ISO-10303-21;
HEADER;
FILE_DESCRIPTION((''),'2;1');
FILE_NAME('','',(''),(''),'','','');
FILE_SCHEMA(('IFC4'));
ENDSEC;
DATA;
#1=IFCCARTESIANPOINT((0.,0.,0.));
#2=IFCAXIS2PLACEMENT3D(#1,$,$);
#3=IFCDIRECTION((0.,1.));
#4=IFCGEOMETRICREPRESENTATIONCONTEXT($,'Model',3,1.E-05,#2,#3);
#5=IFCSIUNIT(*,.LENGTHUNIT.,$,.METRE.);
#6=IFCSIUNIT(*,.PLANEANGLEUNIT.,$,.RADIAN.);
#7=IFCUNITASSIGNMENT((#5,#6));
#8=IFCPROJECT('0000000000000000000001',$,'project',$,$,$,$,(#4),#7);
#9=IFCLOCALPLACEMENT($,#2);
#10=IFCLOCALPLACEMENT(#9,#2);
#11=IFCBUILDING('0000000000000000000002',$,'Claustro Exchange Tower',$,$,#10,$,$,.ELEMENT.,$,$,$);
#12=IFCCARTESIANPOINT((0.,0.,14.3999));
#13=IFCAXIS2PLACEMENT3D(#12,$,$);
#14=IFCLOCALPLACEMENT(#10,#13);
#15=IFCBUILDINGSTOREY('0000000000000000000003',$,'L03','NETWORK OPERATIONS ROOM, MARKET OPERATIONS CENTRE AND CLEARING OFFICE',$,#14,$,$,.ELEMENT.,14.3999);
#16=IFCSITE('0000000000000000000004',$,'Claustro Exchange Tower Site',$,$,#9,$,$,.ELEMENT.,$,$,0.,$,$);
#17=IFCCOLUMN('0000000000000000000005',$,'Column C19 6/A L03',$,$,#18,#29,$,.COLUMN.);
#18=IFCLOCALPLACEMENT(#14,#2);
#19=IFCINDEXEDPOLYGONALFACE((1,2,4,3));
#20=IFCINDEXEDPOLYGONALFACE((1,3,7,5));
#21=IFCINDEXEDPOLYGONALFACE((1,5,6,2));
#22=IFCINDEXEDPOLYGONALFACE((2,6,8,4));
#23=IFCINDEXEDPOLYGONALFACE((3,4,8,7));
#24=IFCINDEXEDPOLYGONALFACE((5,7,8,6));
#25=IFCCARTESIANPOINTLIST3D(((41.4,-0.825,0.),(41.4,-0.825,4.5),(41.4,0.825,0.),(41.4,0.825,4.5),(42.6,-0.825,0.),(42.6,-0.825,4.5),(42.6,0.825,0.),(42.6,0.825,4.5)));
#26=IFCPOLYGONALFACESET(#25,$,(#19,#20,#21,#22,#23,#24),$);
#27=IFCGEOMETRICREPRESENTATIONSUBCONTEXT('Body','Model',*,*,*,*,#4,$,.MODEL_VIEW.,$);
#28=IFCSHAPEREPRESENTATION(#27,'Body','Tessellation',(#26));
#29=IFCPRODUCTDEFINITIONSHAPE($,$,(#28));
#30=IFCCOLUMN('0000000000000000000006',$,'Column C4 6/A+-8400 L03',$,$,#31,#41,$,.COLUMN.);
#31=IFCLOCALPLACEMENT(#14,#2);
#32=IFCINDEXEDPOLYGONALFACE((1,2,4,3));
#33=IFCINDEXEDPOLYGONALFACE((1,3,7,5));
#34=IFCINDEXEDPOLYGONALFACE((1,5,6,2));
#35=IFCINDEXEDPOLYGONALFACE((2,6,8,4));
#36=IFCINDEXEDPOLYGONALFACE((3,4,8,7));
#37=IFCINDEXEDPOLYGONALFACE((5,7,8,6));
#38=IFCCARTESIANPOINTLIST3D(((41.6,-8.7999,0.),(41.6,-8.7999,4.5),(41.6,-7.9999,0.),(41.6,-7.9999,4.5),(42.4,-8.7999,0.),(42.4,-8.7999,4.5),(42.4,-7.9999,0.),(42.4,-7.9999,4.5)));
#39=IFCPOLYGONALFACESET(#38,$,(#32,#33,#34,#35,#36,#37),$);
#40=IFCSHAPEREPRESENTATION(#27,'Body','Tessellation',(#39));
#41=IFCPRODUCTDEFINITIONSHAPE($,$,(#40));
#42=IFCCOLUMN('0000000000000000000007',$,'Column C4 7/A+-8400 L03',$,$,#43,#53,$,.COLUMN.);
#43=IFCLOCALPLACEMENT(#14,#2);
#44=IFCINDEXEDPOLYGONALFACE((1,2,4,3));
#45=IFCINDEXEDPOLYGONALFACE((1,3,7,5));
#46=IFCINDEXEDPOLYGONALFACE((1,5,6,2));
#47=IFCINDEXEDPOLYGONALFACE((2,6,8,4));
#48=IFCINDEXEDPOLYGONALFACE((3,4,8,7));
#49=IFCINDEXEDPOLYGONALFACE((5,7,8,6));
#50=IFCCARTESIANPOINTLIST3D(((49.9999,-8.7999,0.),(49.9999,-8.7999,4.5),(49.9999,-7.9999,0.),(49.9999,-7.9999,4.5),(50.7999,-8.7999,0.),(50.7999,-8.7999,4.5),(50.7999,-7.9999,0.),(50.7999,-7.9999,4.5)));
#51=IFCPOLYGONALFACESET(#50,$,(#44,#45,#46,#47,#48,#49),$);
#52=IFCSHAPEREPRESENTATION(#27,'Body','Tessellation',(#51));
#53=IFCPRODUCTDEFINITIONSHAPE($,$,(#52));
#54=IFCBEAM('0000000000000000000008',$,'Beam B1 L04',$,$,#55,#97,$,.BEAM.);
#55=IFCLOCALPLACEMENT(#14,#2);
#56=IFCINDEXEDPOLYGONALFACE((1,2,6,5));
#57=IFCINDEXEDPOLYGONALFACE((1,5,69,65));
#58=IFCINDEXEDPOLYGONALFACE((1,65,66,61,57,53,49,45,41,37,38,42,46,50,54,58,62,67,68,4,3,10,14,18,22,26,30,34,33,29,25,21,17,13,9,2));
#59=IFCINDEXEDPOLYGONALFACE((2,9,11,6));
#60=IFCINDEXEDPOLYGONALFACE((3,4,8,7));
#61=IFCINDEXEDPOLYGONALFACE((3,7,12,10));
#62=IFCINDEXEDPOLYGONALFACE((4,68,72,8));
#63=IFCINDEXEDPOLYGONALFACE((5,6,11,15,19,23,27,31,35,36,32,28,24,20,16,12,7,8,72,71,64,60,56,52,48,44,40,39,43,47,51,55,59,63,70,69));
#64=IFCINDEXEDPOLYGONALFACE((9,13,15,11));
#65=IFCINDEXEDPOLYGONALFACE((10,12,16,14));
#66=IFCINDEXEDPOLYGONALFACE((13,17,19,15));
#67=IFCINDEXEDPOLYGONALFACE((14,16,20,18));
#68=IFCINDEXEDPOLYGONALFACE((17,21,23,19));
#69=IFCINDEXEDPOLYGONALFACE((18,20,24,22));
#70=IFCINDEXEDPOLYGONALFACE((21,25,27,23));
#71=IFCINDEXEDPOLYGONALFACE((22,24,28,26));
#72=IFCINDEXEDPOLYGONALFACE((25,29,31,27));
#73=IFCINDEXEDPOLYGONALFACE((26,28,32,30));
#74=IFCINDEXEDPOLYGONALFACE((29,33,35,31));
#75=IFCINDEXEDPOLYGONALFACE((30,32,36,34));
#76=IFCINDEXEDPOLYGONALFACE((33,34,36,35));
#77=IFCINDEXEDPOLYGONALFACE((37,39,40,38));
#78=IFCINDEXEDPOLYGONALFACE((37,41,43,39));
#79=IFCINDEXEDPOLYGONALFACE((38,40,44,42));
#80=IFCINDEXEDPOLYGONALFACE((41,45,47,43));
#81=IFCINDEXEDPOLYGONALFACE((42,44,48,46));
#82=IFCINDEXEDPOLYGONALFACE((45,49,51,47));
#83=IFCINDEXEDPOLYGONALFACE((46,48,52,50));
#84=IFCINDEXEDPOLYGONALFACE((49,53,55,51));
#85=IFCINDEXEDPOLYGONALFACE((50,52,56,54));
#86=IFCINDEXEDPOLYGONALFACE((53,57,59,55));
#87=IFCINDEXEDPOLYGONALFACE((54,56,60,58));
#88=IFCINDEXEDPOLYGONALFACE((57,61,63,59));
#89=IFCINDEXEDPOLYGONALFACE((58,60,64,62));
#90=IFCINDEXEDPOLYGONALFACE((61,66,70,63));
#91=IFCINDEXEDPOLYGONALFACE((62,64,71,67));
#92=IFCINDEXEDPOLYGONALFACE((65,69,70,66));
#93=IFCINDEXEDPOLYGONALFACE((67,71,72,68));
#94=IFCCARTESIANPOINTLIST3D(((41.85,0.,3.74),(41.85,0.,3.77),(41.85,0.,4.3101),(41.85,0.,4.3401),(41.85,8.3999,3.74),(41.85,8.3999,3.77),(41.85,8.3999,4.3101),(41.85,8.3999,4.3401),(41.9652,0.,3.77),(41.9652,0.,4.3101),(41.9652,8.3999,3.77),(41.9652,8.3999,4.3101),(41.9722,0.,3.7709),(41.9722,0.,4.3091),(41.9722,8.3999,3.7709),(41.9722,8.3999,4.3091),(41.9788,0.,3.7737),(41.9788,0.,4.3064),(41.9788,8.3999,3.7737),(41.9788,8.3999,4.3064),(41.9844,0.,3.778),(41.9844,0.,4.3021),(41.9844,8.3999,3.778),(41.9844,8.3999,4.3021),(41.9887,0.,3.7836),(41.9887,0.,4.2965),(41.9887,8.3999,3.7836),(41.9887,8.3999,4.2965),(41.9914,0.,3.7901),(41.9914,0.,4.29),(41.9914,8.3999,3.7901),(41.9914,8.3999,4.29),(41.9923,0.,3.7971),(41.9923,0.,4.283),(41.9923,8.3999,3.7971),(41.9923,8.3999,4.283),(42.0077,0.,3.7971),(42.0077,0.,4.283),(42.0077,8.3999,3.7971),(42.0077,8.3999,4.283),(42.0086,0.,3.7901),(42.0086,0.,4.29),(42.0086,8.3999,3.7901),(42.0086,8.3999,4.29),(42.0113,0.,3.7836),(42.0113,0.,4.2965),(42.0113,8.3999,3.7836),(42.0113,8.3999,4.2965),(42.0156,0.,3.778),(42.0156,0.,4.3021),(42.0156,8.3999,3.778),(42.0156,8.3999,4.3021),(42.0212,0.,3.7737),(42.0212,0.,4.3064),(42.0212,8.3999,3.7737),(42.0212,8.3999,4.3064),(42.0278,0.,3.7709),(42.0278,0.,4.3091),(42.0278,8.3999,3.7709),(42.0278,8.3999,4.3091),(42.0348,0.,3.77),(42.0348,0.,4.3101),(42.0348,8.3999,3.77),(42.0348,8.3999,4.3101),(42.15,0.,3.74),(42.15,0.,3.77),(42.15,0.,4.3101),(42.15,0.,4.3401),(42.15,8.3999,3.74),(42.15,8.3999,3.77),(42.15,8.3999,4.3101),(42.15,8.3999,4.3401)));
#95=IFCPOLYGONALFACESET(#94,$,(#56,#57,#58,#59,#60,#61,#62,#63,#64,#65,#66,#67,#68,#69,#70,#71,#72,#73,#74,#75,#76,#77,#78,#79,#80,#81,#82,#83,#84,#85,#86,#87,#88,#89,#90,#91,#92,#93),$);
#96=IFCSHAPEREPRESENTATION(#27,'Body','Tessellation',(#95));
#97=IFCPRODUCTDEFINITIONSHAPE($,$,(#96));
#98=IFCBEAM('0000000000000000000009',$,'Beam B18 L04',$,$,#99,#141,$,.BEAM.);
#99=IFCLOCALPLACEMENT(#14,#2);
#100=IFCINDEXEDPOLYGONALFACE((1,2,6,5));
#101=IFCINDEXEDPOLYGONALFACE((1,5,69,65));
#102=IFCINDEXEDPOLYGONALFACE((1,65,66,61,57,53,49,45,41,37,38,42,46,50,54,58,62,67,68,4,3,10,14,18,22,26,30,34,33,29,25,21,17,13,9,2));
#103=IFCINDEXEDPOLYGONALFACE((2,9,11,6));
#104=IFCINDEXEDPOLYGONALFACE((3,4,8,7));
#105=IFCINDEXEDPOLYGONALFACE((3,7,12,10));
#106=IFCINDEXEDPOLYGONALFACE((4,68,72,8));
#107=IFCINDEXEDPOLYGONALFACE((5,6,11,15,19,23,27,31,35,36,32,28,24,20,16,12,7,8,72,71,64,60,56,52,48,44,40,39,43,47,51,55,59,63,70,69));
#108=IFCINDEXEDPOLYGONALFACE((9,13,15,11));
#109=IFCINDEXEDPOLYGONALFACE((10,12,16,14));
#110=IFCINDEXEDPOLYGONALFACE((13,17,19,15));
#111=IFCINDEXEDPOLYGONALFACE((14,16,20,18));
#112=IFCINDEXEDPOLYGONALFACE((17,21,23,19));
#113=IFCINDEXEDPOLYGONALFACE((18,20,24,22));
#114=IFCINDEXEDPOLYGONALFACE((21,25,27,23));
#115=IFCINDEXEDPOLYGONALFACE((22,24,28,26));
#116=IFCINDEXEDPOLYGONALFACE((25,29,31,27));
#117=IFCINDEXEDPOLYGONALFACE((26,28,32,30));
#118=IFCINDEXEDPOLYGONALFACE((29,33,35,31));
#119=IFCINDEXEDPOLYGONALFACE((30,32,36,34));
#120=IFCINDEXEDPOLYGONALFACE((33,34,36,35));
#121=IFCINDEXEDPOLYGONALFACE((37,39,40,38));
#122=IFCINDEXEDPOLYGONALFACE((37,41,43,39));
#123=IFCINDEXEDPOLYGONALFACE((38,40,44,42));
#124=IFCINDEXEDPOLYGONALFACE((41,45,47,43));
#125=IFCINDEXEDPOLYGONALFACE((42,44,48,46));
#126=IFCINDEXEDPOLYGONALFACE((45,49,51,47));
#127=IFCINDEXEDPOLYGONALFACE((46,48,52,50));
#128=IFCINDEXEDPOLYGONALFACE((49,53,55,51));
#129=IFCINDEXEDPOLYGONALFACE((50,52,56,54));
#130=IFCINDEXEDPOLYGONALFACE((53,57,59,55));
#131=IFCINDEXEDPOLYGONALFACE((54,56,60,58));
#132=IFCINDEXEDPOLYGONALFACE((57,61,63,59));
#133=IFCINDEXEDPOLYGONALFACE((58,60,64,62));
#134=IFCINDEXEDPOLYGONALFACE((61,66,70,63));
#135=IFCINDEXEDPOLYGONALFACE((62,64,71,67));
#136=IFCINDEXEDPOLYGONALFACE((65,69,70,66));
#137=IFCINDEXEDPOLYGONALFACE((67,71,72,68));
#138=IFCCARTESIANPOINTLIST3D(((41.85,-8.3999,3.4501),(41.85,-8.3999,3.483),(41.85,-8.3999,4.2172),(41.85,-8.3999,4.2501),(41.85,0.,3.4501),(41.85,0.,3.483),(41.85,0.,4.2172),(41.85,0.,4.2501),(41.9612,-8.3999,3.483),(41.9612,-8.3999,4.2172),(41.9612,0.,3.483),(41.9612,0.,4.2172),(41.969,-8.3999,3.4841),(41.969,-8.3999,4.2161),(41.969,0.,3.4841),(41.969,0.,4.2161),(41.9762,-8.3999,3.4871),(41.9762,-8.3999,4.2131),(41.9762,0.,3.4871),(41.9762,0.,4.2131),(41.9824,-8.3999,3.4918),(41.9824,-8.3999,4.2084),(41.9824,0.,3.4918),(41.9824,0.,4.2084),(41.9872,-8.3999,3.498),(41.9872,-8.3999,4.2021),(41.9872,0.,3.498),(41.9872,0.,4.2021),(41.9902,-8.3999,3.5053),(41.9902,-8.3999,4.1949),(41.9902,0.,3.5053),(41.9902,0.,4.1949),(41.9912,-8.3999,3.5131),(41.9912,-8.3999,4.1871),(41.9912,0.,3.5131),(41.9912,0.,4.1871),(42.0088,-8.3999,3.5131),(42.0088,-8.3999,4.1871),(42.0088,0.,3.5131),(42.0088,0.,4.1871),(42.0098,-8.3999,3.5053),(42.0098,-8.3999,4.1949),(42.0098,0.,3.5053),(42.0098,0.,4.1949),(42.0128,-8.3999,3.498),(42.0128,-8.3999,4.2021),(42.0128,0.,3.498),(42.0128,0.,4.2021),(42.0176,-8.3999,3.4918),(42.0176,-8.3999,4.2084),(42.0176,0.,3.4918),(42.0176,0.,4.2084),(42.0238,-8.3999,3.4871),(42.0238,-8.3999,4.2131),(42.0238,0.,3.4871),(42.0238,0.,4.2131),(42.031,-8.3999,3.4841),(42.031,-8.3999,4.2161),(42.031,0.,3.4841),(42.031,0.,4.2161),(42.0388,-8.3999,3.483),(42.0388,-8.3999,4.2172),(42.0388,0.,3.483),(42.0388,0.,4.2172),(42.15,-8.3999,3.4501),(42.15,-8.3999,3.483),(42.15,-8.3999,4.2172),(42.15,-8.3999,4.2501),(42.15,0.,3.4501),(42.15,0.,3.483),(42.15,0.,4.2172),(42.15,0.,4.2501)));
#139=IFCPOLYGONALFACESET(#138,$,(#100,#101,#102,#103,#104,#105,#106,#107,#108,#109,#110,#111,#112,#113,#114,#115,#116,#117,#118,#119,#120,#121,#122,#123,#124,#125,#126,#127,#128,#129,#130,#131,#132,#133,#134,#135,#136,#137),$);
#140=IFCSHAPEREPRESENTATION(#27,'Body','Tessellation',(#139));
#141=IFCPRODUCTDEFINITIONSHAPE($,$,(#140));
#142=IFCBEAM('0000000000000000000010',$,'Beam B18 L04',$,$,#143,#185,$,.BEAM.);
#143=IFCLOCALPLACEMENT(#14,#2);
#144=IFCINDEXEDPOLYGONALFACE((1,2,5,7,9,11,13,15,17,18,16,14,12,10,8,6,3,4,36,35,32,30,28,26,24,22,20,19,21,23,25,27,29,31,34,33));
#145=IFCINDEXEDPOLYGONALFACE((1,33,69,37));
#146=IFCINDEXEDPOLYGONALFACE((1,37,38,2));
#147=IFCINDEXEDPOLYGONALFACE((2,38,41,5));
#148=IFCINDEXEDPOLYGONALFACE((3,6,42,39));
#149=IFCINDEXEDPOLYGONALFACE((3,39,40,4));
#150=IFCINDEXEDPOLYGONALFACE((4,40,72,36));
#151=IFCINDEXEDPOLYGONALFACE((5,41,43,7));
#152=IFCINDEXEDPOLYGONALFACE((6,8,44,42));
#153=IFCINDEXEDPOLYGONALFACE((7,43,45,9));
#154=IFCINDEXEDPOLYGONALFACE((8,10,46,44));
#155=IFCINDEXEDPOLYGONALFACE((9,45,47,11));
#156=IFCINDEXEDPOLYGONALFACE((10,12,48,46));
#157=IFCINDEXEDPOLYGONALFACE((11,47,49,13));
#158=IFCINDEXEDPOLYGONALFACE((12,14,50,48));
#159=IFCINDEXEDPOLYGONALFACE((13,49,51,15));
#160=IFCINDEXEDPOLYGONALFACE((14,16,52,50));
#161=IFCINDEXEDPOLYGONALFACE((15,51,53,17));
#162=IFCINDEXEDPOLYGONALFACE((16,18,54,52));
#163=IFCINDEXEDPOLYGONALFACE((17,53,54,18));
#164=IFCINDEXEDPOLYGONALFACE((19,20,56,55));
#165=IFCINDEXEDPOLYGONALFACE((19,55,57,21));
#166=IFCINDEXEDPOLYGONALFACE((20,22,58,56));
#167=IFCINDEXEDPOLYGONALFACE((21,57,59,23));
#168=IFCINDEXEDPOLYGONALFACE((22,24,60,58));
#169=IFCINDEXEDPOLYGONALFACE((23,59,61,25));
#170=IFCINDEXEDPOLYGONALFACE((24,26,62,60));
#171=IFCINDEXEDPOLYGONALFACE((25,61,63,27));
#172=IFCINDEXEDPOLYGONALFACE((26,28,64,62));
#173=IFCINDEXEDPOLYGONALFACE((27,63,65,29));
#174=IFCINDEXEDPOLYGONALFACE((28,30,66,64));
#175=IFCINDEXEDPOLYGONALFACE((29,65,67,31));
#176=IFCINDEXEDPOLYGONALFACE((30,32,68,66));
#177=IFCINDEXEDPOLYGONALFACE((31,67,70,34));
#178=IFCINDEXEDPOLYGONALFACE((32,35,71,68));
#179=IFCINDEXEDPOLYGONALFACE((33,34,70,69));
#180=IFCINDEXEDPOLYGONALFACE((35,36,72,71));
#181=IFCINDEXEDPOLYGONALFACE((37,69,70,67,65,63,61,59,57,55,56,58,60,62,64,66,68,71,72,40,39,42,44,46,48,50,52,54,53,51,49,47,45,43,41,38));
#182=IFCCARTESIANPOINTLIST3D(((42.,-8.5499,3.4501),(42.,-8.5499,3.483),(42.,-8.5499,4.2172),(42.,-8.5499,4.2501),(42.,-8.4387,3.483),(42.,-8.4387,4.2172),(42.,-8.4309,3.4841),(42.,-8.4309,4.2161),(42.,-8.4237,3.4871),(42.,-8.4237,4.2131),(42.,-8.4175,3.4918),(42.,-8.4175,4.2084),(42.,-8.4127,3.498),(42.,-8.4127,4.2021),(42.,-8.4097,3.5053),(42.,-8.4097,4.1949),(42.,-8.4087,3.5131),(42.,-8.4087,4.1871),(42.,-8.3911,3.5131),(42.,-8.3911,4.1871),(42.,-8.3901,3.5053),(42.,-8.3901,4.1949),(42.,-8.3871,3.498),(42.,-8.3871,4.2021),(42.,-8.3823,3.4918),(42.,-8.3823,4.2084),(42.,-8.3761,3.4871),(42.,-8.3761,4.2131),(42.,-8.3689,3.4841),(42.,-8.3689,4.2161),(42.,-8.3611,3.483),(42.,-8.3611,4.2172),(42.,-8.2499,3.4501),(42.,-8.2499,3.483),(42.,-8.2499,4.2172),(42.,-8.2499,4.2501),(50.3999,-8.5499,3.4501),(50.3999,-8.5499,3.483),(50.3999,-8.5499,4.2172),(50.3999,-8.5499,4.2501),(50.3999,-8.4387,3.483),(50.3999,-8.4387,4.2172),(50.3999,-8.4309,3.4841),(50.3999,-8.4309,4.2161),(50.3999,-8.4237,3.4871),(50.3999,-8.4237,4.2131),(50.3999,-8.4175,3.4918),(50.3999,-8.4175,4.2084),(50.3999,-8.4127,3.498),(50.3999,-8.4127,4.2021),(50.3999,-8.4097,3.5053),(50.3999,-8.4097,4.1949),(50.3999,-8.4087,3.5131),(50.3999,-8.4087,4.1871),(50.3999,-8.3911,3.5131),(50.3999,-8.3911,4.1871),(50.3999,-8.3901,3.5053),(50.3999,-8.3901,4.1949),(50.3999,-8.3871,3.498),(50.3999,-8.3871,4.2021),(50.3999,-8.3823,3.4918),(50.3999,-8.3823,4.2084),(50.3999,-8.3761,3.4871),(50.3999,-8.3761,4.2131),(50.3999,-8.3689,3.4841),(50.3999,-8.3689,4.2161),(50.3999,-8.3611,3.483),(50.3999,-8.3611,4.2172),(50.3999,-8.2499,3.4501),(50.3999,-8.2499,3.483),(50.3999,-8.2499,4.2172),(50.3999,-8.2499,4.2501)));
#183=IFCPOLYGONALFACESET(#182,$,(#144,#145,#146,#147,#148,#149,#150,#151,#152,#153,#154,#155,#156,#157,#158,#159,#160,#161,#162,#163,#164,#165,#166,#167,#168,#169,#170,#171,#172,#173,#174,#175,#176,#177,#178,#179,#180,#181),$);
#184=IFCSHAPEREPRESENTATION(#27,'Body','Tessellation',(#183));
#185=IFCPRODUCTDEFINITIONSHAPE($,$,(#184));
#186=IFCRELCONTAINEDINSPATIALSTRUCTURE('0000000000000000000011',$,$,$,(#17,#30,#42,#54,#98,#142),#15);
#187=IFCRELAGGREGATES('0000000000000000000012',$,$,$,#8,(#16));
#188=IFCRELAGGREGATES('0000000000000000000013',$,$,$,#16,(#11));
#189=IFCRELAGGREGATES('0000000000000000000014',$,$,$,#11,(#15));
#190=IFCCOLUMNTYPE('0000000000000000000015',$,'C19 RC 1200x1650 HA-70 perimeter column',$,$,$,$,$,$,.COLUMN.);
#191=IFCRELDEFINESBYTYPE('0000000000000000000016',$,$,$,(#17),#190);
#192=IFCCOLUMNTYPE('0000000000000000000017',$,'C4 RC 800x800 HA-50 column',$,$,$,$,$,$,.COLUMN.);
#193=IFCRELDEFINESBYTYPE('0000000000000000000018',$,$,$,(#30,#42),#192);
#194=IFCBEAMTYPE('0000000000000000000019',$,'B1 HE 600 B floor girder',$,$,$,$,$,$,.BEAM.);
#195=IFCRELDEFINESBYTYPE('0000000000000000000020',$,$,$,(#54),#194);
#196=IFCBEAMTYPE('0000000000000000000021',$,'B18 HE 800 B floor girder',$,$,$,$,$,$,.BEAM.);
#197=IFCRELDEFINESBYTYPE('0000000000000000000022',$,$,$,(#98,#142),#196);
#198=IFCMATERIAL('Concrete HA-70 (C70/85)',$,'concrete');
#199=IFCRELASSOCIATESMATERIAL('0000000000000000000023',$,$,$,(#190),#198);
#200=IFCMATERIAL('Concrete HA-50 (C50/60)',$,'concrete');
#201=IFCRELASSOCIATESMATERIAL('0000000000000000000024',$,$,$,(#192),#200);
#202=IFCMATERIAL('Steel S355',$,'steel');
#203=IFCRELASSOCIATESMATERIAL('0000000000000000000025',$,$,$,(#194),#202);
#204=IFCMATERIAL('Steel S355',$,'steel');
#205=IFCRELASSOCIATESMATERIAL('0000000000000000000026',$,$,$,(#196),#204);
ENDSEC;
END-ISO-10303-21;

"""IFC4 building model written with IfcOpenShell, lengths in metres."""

from ifc_helpers import new_model, si_unit, direction, frame, origin, origin_2d, place, context, subcontext, project, spatial, rectangle, i_section, extrude, material, material_profile, profile_set, type_object, element, save


model = new_model("IFC4")

# Units and contexts
model_context = context("Model", 3, precision=1e-05, world=origin(), true_north=direction((0.0, 1.0)))
body_context = subcontext(model_context, "Body", "Model", "MODEL_VIEW")
ifc_project = project(units=[si_unit("LENGTHUNIT", "METRE"), si_unit("PLANEANGLEUNIT", "RADIAN")], contexts=[model_context])

# Site, building, storey
site_placement = place(None, origin())
site = spatial("IfcSite", under=ifc_project, at=site_placement, Name="Claustro Exchange Tower Site", CompositionType="ELEMENT", RefElevation=0.0)
building_placement = place(site_placement, origin())
building = spatial("IfcBuilding", under=site, at=building_placement, Name="Claustro Exchange Tower", CompositionType="ELEMENT")
storey_placement = place(building_placement, frame((0.0, 0.0, 14.3999)))
storey = spatial("IfcBuildingStorey", under=building, at=storey_placement, Name="L03", Description="NETWORK OPERATIONS ROOM, MARKET OPERATIONS CENTRE AND CLEARING OFFICE", CompositionType="ELEMENT", Elevation=14.3999)

# Columns
ifc_material_1 = material(Name="Concrete HA-70 (C70/85)", Category="concrete")
ifc_material_profile_1 = material_profile(ifc_material_1, rectangle(XDim=1.2, YDim=1.6499, at=origin_2d()), Name="RC 1200x1650")
ifc_profile_set_1 = profile_set([ifc_material_profile_1], Name="Concrete HA-70 (C70/85)")
column_type_1 = type_object("IfcColumnType", Name="C19 RC 1200x1650 HA-70 perimeter column", PredefinedType="COLUMN", material=ifc_profile_set_1)
column_placement = place(storey_placement, frame((42.0, 0.0, 0.0), z_axis=(0.0, 0.0, 1.0), x_axis=(1.0, 0.0, 0.0)))
element("IfcColumn", 1, at=column_placement, inside=storey, type_object=column_type_1, Name="Column C19 6/A L03", PredefinedType="COLUMN", context=body_context, shape_type="SweptSolid", body=[
    extrude(rectangle(XDim=1.2, YDim=1.6499, at=origin_2d()), origin(), (0.0, 0.0, 1.0), 4.5),
])
ifc_material_2 = material(Name="Concrete HA-50 (C50/60)", Category="concrete")
ifc_material_profile_2 = material_profile(ifc_material_2, rectangle(XDim=0.8, YDim=0.8, at=origin_2d()), Name="RC 800x800")
ifc_profile_set_2 = profile_set([ifc_material_profile_2], Name="Concrete HA-50 (C50/60)")
column_type_2 = type_object("IfcColumnType", Name="C4 RC 800x800 HA-50 column", PredefinedType="COLUMN", material=ifc_profile_set_2)
for number, where, z_axis, x_axis, name in (
    (2, (42.0, -8.3999, 0.0), (0.0, 0.0, 1.0), (1.0, 0.0, 0.0), "Column C4 6/A+-8400 L03"),
    (3, (50.3999, -8.3999, 0.0), (0.0, 0.0, 1.0), (1.0, 0.0, 0.0), "Column C4 7/A+-8400 L03"),
):
    element("IfcColumn", number, at=place(storey_placement, frame(where, z_axis=z_axis, x_axis=x_axis)), inside=storey, type_object=column_type_2, Name=name, PredefinedType="COLUMN", context=body_context, shape_type="SweptSolid", body=[
        extrude(rectangle(XDim=0.8, YDim=0.8, at=origin_2d()), origin(), (0.0, 0.0, 1.0), 4.5),
    ])

# Beams
ifc_material_3 = material(Name="Steel S355", Category="steel")
ifc_material_profile_3 = material_profile(ifc_material_3, i_section(OverallWidth=0.3, OverallDepth=0.6001, WebThickness=0.0154, FlangeThickness=0.03, FilletRadius=0.0271, at=origin_2d()), Name="HE 600 B")
ifc_profile_set_3 = profile_set([ifc_material_profile_3], Name="Steel S355")
beam_type_1 = type_object("IfcBeamType", Name="B1 HE 600 B floor girder", PredefinedType="BEAM", material=ifc_profile_set_3)
beam_1_placement = place(storey_placement, frame((42.0, 0.0, 4.04), z_axis=(0.0, 1.0, 0.0), x_axis=(-1.0, 0.0, 0.0)))
element("IfcBeam", 4, at=beam_1_placement, inside=storey, type_object=beam_type_1, Name="Beam B1 L04", PredefinedType="BEAM", context=body_context, shape_type="SweptSolid", body=[
    extrude(i_section(OverallWidth=0.3, OverallDepth=0.6001, WebThickness=0.0154, FlangeThickness=0.03, FilletRadius=0.0271, at=origin_2d()), origin(), (0.0, 0.0, 1.0), 8.3999),
])
ifc_material_4 = material(Name="Steel S355", Category="steel")
ifc_material_profile_4 = material_profile(ifc_material_4, i_section(OverallWidth=0.3, OverallDepth=0.8, WebThickness=0.0176, FlangeThickness=0.033, FilletRadius=0.03, at=origin_2d()), Name="HE 800 B")
ifc_profile_set_4 = profile_set([ifc_material_profile_4], Name="Steel S355")
beam_type_2 = type_object("IfcBeamType", Name="B18 HE 800 B floor girder", PredefinedType="BEAM", material=ifc_profile_set_4)
for number, where, z_axis, x_axis, name in (
    (5, (42.0, -8.3999, 3.8501), (0.0, 1.0, 0.0), (-1.0, 0.0, 0.0), "Beam B18 L04"),
    (6, (42.0, -8.3999, 3.8501), (1.0, 0.0, 0.0), (0.0, 1.0, 0.0), "Beam B18 L04"),
):
    element("IfcBeam", number, at=place(storey_placement, frame(where, z_axis=z_axis, x_axis=x_axis)), inside=storey, type_object=beam_type_2, Name=name, PredefinedType="BEAM", context=body_context, shape_type="SweptSolid", body=[
        extrude(i_section(OverallWidth=0.3, OverallDepth=0.8, WebThickness=0.0176, FlangeThickness=0.033, FilletRadius=0.03, at=origin_2d()), origin(), (0.0, 0.0, 1.0), 8.3999),
    ])

save(model, "model.ifc")
